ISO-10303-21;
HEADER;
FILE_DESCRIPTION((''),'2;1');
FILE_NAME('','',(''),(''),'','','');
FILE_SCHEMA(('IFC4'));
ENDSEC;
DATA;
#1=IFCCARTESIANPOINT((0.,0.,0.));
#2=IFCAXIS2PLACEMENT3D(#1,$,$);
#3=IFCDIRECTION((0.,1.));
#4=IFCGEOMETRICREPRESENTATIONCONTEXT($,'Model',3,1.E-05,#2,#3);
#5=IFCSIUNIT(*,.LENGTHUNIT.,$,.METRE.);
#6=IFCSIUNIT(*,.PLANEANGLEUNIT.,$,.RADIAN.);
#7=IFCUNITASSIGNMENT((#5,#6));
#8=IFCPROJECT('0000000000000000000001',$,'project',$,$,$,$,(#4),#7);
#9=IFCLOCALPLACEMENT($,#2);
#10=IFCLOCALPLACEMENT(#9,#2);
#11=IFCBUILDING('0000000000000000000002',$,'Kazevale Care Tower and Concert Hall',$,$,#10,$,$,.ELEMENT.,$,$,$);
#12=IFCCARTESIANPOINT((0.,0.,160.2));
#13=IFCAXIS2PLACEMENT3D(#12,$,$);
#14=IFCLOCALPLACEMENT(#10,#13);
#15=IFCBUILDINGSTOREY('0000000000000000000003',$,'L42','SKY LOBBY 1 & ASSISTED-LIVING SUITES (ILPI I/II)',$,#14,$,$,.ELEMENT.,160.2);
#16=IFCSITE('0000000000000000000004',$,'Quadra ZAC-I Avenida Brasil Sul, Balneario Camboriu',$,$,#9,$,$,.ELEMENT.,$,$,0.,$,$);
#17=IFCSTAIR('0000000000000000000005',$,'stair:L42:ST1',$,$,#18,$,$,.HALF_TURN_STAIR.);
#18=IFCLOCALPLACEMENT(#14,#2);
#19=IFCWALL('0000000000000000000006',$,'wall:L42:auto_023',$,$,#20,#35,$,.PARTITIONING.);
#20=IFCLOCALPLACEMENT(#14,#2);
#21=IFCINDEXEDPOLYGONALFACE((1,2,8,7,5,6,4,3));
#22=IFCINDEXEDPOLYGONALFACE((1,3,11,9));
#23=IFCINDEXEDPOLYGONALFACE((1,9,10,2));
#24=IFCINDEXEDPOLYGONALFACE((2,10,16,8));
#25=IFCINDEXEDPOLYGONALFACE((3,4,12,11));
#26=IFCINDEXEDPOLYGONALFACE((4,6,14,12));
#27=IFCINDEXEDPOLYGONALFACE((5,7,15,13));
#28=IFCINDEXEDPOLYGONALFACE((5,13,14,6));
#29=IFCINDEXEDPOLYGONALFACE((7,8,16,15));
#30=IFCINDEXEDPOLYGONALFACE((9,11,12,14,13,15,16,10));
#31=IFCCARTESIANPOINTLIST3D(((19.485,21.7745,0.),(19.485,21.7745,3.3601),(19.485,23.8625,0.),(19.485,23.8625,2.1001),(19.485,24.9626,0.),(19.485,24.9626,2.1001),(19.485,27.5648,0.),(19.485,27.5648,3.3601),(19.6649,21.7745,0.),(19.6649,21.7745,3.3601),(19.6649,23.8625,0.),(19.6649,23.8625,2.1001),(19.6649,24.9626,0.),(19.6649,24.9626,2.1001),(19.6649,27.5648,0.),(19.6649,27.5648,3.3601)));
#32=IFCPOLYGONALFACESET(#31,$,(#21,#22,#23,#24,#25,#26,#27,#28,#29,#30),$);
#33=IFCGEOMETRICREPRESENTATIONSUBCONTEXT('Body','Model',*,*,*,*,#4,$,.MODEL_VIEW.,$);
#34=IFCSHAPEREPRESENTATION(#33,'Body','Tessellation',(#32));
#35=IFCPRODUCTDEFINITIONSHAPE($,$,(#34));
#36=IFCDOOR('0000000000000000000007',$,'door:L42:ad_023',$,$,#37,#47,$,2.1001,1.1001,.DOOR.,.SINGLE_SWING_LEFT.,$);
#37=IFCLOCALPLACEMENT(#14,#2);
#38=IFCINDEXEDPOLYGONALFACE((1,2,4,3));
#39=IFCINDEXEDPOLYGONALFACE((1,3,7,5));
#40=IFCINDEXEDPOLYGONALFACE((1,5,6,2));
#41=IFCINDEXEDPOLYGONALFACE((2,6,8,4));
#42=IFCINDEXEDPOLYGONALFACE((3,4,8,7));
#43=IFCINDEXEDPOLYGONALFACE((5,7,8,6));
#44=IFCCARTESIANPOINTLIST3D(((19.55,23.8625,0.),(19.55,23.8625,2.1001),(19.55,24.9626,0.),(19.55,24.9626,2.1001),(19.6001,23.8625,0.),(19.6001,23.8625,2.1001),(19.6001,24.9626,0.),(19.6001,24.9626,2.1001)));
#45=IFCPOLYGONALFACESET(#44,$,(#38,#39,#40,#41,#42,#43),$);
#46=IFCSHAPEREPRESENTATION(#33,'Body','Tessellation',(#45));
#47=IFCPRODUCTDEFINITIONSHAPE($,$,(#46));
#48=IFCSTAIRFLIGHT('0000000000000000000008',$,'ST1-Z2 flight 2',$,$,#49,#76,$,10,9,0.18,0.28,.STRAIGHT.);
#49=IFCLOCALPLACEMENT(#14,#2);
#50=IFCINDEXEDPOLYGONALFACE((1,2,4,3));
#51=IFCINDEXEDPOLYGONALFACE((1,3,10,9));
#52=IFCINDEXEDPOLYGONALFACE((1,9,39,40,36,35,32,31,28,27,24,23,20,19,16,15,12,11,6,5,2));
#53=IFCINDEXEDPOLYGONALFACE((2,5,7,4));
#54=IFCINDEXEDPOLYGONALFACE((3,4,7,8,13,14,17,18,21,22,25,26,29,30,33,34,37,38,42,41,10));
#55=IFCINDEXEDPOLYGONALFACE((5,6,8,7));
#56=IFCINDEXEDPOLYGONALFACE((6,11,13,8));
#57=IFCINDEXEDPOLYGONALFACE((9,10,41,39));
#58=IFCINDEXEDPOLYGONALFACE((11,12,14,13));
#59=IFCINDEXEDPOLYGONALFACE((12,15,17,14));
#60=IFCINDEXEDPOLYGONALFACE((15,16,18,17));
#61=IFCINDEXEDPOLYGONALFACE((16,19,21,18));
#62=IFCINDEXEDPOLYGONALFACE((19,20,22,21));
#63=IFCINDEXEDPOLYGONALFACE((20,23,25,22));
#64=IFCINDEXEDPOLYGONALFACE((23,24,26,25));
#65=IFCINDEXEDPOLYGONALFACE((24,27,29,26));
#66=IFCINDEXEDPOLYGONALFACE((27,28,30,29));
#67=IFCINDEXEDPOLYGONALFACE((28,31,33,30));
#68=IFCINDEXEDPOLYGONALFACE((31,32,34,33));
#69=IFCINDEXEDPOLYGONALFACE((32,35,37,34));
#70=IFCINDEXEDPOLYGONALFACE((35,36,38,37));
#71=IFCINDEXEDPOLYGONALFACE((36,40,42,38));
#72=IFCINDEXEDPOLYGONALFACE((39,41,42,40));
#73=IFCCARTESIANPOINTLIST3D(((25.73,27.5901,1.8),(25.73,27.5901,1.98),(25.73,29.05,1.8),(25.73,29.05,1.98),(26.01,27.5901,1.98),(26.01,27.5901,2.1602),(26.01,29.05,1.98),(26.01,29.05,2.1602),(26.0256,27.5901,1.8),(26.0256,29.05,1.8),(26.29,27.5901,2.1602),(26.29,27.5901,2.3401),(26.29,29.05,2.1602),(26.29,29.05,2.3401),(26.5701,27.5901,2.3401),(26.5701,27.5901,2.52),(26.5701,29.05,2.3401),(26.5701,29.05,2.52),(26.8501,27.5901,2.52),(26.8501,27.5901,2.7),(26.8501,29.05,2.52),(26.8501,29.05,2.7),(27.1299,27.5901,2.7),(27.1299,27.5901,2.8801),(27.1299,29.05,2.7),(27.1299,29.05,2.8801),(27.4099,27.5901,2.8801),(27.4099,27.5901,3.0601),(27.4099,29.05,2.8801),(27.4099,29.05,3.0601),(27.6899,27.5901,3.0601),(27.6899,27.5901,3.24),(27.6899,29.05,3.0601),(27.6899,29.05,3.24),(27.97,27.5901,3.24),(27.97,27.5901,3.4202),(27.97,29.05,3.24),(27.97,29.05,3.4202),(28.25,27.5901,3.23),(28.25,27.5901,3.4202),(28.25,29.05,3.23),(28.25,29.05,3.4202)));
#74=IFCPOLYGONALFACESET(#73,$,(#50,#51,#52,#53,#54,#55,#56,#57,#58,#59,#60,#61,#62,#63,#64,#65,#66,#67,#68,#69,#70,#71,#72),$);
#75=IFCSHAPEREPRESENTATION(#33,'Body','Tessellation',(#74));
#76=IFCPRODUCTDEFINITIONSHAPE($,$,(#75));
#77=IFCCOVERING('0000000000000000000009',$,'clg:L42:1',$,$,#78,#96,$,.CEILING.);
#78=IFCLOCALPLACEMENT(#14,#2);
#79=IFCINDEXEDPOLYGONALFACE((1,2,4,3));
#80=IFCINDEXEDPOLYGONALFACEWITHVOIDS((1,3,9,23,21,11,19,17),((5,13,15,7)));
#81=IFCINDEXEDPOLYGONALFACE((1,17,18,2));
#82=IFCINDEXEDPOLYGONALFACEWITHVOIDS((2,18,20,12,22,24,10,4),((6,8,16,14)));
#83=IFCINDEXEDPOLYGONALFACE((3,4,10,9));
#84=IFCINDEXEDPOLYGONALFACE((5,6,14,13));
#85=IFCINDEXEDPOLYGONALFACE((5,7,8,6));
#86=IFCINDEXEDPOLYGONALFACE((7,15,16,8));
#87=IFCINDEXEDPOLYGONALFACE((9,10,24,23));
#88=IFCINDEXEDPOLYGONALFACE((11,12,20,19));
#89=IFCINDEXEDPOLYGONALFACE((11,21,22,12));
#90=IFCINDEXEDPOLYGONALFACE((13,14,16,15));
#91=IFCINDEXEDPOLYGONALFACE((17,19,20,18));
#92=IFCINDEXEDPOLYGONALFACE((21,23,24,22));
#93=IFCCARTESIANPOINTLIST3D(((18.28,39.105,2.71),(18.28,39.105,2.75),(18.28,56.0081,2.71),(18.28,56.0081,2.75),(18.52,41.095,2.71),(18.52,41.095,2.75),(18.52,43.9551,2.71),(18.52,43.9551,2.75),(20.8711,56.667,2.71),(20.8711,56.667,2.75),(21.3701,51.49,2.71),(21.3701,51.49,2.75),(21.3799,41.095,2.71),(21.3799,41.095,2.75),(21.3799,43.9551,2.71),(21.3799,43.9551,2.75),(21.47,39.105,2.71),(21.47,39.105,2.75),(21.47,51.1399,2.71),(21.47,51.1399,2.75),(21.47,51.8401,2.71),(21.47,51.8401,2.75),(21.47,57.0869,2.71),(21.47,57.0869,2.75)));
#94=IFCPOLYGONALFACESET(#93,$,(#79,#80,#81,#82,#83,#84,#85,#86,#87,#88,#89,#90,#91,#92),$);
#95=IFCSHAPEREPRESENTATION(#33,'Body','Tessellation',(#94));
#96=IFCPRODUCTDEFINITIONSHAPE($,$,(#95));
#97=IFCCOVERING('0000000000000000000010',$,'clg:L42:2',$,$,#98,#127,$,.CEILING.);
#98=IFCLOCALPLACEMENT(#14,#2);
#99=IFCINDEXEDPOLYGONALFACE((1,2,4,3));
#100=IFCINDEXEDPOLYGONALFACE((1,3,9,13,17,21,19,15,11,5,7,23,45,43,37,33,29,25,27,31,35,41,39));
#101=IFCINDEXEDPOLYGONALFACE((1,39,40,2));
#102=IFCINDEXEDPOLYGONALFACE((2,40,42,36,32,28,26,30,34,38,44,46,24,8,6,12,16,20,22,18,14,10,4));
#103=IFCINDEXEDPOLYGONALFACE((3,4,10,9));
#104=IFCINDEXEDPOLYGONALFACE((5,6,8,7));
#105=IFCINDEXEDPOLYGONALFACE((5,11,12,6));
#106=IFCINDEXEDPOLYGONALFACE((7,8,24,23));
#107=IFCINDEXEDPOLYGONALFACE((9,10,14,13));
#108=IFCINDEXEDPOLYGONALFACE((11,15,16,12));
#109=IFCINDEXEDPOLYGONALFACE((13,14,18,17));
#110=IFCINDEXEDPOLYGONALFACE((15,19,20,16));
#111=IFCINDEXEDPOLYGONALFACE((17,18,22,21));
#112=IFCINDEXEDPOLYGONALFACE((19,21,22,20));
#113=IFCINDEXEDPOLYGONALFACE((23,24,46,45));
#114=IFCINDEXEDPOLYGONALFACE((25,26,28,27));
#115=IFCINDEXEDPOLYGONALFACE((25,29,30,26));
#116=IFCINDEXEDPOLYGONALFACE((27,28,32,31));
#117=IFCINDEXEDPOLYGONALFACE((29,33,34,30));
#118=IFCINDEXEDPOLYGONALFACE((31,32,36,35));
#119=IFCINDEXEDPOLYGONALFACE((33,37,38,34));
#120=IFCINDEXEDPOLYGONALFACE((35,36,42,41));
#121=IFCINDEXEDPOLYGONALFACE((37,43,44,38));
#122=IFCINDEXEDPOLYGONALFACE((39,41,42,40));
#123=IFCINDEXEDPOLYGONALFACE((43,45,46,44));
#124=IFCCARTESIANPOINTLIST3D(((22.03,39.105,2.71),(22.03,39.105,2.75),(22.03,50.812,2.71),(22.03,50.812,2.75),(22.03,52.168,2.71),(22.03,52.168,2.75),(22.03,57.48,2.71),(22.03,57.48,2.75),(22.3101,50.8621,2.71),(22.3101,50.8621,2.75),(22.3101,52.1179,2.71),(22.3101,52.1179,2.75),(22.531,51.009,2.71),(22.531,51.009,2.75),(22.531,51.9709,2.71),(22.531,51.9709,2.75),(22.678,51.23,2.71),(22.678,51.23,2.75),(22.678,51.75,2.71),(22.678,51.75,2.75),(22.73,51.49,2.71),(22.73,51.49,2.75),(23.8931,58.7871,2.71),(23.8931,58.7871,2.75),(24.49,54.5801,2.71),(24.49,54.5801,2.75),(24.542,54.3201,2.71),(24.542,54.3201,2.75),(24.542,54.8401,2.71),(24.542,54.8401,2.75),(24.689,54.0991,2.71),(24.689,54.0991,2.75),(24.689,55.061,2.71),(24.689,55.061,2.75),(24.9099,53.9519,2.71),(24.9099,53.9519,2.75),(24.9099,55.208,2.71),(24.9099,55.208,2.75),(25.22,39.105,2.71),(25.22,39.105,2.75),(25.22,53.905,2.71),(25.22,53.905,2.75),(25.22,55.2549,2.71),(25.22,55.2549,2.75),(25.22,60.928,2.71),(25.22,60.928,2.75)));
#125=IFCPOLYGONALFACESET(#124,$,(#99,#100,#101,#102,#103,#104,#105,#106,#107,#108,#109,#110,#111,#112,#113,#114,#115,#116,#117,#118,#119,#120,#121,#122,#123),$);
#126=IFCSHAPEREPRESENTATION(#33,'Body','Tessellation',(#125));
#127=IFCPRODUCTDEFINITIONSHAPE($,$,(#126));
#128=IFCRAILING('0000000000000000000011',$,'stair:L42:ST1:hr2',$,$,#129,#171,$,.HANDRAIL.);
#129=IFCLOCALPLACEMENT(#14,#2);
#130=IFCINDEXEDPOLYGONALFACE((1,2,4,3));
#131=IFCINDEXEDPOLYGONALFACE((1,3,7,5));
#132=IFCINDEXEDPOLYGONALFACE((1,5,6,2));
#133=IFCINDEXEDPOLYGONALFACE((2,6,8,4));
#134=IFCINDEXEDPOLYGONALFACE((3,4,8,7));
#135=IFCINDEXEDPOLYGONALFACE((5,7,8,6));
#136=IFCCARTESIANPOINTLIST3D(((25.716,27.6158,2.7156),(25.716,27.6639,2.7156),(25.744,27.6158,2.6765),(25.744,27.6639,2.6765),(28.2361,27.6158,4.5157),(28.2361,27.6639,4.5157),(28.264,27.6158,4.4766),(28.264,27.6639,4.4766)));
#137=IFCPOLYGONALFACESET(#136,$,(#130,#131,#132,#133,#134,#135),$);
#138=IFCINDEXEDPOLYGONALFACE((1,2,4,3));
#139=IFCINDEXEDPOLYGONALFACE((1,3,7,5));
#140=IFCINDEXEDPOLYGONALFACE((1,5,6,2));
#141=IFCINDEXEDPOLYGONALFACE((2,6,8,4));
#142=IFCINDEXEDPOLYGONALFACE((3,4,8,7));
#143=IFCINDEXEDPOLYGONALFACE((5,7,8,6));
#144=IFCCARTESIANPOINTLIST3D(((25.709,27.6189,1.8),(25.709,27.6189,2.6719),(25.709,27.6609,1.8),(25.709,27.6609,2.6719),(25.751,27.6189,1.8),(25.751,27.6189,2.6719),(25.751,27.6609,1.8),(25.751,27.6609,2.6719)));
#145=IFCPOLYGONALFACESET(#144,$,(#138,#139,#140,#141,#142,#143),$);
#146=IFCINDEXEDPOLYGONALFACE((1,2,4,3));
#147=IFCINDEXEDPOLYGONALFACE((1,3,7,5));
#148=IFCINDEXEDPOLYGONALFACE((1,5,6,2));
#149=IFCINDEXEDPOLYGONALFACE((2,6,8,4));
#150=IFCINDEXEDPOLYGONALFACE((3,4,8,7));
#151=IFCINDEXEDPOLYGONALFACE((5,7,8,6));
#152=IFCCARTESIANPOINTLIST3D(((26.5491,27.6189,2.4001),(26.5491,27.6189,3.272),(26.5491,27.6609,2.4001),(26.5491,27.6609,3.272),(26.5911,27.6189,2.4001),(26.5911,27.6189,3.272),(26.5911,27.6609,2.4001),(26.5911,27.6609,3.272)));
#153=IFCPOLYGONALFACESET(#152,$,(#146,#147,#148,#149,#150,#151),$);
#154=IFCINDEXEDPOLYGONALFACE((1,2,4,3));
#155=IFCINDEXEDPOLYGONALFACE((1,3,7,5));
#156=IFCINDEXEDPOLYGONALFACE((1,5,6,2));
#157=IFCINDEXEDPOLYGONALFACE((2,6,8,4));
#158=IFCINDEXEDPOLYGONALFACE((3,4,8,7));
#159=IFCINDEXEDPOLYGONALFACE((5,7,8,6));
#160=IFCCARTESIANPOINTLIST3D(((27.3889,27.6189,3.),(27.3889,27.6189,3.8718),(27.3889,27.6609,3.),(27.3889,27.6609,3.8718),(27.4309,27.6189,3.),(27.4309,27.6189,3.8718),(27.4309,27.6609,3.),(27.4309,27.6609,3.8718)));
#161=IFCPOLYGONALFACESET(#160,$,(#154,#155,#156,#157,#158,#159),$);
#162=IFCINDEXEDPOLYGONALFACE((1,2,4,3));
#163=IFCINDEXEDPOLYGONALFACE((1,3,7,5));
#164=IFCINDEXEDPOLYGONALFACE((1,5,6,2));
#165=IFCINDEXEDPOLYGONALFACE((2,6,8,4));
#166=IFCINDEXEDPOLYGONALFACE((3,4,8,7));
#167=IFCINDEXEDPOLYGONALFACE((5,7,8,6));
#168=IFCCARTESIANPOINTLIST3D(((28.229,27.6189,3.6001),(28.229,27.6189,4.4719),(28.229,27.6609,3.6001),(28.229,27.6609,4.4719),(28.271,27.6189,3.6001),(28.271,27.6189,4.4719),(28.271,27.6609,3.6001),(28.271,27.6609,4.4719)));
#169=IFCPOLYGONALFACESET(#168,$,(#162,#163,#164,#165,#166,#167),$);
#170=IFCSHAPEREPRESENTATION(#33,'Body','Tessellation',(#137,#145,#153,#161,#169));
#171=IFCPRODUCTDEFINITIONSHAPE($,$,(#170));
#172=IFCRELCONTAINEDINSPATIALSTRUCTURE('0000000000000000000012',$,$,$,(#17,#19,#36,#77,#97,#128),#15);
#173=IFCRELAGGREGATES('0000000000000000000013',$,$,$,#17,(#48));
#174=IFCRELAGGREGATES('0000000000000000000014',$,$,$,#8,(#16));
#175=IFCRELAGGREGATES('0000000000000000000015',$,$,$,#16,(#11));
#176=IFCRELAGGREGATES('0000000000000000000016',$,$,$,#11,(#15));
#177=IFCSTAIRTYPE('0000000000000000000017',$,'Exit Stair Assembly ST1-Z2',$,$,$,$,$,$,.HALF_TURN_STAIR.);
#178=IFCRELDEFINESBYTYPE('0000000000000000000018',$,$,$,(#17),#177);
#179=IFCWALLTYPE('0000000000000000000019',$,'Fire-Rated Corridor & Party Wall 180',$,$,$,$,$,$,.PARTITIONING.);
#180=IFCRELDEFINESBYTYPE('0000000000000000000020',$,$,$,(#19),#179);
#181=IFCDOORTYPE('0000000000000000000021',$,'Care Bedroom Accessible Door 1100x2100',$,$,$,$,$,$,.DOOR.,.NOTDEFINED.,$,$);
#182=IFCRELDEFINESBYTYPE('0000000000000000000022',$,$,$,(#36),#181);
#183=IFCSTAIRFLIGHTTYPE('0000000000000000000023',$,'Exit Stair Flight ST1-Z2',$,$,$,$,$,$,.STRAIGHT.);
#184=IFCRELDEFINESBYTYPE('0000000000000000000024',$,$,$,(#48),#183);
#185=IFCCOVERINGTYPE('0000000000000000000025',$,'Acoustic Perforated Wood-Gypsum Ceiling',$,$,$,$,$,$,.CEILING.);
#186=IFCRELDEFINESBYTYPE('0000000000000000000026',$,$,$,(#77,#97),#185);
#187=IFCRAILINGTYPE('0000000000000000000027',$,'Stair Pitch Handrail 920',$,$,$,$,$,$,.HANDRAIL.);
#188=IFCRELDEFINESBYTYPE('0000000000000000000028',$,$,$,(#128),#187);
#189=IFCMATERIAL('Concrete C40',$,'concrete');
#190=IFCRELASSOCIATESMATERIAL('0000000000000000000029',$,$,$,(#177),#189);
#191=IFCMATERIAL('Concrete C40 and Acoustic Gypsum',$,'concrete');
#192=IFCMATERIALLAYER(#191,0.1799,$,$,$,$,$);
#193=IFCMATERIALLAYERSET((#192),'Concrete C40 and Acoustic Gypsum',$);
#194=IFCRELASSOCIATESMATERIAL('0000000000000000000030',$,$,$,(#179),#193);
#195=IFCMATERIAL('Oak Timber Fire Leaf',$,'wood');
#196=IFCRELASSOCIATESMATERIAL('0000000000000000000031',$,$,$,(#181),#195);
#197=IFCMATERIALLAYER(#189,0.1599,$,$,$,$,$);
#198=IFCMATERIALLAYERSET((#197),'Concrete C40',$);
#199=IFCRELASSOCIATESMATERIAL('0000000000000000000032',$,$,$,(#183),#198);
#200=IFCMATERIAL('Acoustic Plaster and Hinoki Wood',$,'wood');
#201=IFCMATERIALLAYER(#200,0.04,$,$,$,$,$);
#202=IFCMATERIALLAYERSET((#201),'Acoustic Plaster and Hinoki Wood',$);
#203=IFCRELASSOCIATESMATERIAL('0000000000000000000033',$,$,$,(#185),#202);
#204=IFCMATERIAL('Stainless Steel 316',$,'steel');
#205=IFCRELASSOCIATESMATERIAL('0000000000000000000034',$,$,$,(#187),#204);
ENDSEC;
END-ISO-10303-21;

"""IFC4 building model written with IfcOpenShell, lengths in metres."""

from ifc_helpers import new_model, si_unit, direction, frame, frame_2d, origin, origin_2d, place, context, subcontext, project, spatial, polyline, rectangle, outline, extrude, material, layer, layer_set, type_object, element, fill, aggregate, save


model = new_model("IFC4")

# Units and contexts
model_context = context("Model", 3, precision=1e-05, world=origin(), true_north=direction((0.0, 1.0)))
body_context = subcontext(model_context, "Body", "Model", "MODEL_VIEW")
ifc_project = project(units=[si_unit("LENGTHUNIT", "METRE"), si_unit("PLANEANGLEUNIT", "RADIAN")], contexts=[model_context])

# Site, building, storey
site_placement = place(None, origin())
site = spatial("IfcSite", under=ifc_project, at=site_placement, Name="Quadra ZAC-I Avenida Brasil Sul, Balneario Camboriu", CompositionType="ELEMENT", RefElevation=0.0)
building_placement = place(site_placement, origin())
building = spatial("IfcBuilding", under=site, at=building_placement, Name="Kazevale Care Tower and Concert Hall", CompositionType="ELEMENT")
storey_placement = place(building_placement, frame((0.0, 0.0, 160.2)))
storey = spatial("IfcBuildingStorey", under=building, at=storey_placement, Name="L42", Description="SKY LOBBY 1 & ASSISTED-LIVING SUITES (ILPI I/II)", CompositionType="ELEMENT", Elevation=160.2)

# Shared definitions
ifc_material_1 = material(Name="Concrete C40", Category="concrete")

# Stair
stair_type = type_object("IfcStairType", Name="Exit Stair Assembly ST1-Z2", PredefinedType="HALF_TURN_STAIR", material=ifc_material_1)
stair_1_placement = place(storey_placement, origin())
stair_1 = element("IfcStair", 1, at=stair_1_placement, inside=storey, type_object=stair_type, Name="stair:L42:ST1", PredefinedType="HALF_TURN_STAIR")

# Wall, opening, door
ifc_material_2 = material(Name="Concrete C40 and Acoustic Gypsum", Category="concrete")
ifc_layer_1 = layer(ifc_material_2, 0.1799)
ifc_layer_set_1 = layer_set([ifc_layer_1], Name="Concrete C40 and Acoustic Gypsum")
wall_type_1 = type_object("IfcWallType", Name="Fire-Rated Corridor & Party Wall 180", PredefinedType="PARTITIONING", material=ifc_layer_set_1)
wall_1_placement = place(storey_placement, frame((19.575, 21.7747, 0.0), z_axis=(0.0, 0.0, 1.0), x_axis=(0.0, 1.0, 0.0)))
wall_1 = element("IfcWall", 2, at=wall_1_placement, inside=storey, type_object=wall_type_1, Name="wall:L42:auto_023", PredefinedType="PARTITIONING", context=body_context, shape_type="SweptSolid", body=[
    extrude(rectangle(XDim=5.7903, YDim=0.1799, at=frame_2d((2.895, 0.0))), origin(), (0.0, 0.0, 1.0), 3.3601),
])
opening_1_placement = place(wall_1_placement, frame((2.0879, 0.0, 0.0)))
opening_1 = element("IfcOpeningElement", 3, at=opening_1_placement, cuts=wall_1, PredefinedType="OPENING", context=body_context, shape_type="SweptSolid", body=[
    extrude(rectangle(XDim=1.1001, YDim=2.1001, at=frame_2d((0.55, 1.05))), frame((0.0, 0.0999, 0.0), z_axis=(0.0, -1.0, 0.0), x_axis=(1.0, 0.0, 0.0)), (0.0, 0.0, 1.0), 0.2),
])
ifc_material_3 = material(Name="Oak Timber Fire Leaf", Category="wood")
door_type_1 = type_object("IfcDoorType", Name="Care Bedroom Accessible Door 1100x2100", OperationType="NOTDEFINED", PredefinedType="DOOR", material=ifc_material_3)
door_1_placement = place(opening_1_placement, origin())
door_1 = element("IfcDoor", 4, at=door_1_placement, inside=storey, type_object=door_type_1, Name="door:L42:ad_023", OperationType="SINGLE_SWING_LEFT", OverallHeight=2.1001, OverallWidth=1.1001, PredefinedType="DOOR", context=body_context, shape_type="SweptSolid", body=[
    extrude(rectangle(XDim=1.1001, YDim=2.1001, at=frame_2d((0.55, 1.05))), frame((0.0, 0.0249, 0.0), z_axis=(0.0, -1.0, 0.0), x_axis=(1.0, 0.0, 0.0)), (0.0, 0.0, 1.0), 0.05),
])
fill(opening_1, door_1)

# Stair flight
ifc_layer_2 = layer(ifc_material_1, 0.1599)
ifc_layer_set_2 = layer_set([ifc_layer_2], Name="Concrete C40")
stair_flight_type = type_object("IfcStairFlightType", Name="Exit Stair Flight ST1-Z2", PredefinedType="STRAIGHT", material=ifc_layer_set_2)
stair_flight_placement = place(storey_placement, frame((25.73, 28.3201, 1.8), z_axis=(0.0, 0.0, 1.0), x_axis=(1.0, 0.0, 0.0)))
stair_flight = element("IfcStairFlight", 5, at=stair_flight_placement, type_object=stair_flight_type, Name="ST1-Z2 flight 2", NumberOfRisers=10, NumberOfTreads=9, PredefinedType="STRAIGHT", RiserHeight=0.18, TreadLength=0.28, context=body_context, shape_type="SweptSolid", body=[
    extrude(outline(polyline([(0.0, 0.0), (0.0, 0.1799), (0.28, 0.1799), (0.28, 0.3601), (0.5601, 0.3601), (0.5601, 0.54), (0.8401, 0.54), (0.8401, 0.72), (1.1201, 0.72), (1.1201, 0.8999), (1.3999, 0.8999), (1.3999, 1.0801), (1.6799, 1.0801), (1.6799, 1.26), (1.96, 1.26), (1.96, 1.4399), (2.24, 1.4399), (2.24, 1.6201), (2.52, 1.6201), (2.52, 1.8), (2.52, 1.4299), (0.2957, 0.0), (0.0, 0.0)])), frame((0.0, 0.73, 0.0), z_axis=(0.0, -1.0, 0.0), x_axis=(1.0, 0.0, 0.0)), (0.0, 0.0, 1.0), 1.46),
])
aggregate(stair_1, [stair_flight])

# Coverings
ifc_material_4 = material(Name="Acoustic Plaster and Hinoki Wood", Category="wood")
ifc_layer_3 = layer(ifc_material_4, 0.04)
ifc_layer_set_3 = layer_set([ifc_layer_3], Name="Acoustic Plaster and Hinoki Wood")
covering_type = type_object("IfcCoveringType", Name="Acoustic Perforated Wood-Gypsum Ceiling", PredefinedType="CEILING", material=ifc_layer_set_3)
covering_1_placement = place(storey_placement, frame((0.0, 0.0, 2.71)))
element("IfcCovering", 6, at=covering_1_placement, inside=storey, type_object=covering_type, Name="clg:L42:1", PredefinedType="CEILING", context=body_context, shape_type="SweptSolid", body=[
    extrude(outline(polyline([(21.47, 51.8401), (21.3701, 51.49), (21.47, 51.1399), (21.47, 39.105), (18.28, 39.105), (18.28, 56.0081), (20.8711, 56.667), (21.47, 57.0869), (21.47, 51.8401)]), holes=[polyline([(18.52, 41.095), (21.3799, 41.095), (21.3799, 43.9551), (18.52, 43.9551), (18.52, 41.095)])]), origin(), (0.0, 0.0, 1.0), 0.04),
])
covering_2_placement = place(storey_placement, frame((0.0, 0.0, 2.71)))
element("IfcCovering", 7, at=covering_2_placement, inside=storey, type_object=covering_type, Name="clg:L42:2", PredefinedType="CEILING", context=body_context, shape_type="SweptSolid", body=[
    extrude(outline(polyline([(22.03, 50.812), (22.3101, 50.8621), (22.531, 51.009), (22.678, 51.23), (22.73, 51.49), (22.678, 51.75), (22.531, 51.9709), (22.3101, 52.1179), (22.03, 52.168), (22.03, 57.48), (23.8931, 58.7871), (25.22, 60.928), (25.22, 55.2549), (24.9099, 55.208), (24.689, 55.061), (24.542, 54.8401), (24.49, 54.5801), (24.542, 54.3201), (24.689, 54.0991), (24.9099, 53.9519), (25.22, 53.905), (25.22, 39.105), (22.03, 39.105), (22.03, 50.812)])), origin(), (0.0, 0.0, 1.0), 0.04),
])

# Railing
ifc_material_5 = material(Name="Stainless Steel 316", Category="steel")
railing_type_1 = type_object("IfcRailingType", Name="Stair Pitch Handrail 920", PredefinedType="HANDRAIL", material=ifc_material_5)
railing_1_placement = place(storey_placement, frame((25.73, 27.6399, 1.8)))
element("IfcRailing", 8, at=railing_1_placement, inside=storey, type_object=railing_type_1, Name="stair:L42:ST1:hr2", PredefinedType="HANDRAIL", context=body_context, shape_type="SweptSolid", body=[
    extrude(rectangle(XDim=0.0481, YDim=0.0481, at=origin_2d()), frame((0.0, 0.0, 0.896), z_axis=(0.813728, 0.0, 0.581246), x_axis=(0.0, 1.0, 0.0)), (0.0, 0.0, 1.0), 3.0969),
    extrude(rectangle(XDim=0.042, YDim=0.042, at=origin_2d()), origin(), (0.0, 0.0, 1.0), 0.8718),
    extrude(rectangle(XDim=0.042, YDim=0.042, at=origin_2d()), frame((0.8401, 0.0, 0.6001)), (0.0, 0.0, 1.0), 0.8718),
    extrude(rectangle(XDim=0.042, YDim=0.042, at=origin_2d()), frame((1.6799, 0.0, 1.2)), (0.0, 0.0, 1.0), 0.8718),
    extrude(rectangle(XDim=0.042, YDim=0.042, at=origin_2d()), frame((2.52, 0.0, 1.8)), (0.0, 0.0, 1.0), 0.8718),
])

save(model, "model.ifc")
